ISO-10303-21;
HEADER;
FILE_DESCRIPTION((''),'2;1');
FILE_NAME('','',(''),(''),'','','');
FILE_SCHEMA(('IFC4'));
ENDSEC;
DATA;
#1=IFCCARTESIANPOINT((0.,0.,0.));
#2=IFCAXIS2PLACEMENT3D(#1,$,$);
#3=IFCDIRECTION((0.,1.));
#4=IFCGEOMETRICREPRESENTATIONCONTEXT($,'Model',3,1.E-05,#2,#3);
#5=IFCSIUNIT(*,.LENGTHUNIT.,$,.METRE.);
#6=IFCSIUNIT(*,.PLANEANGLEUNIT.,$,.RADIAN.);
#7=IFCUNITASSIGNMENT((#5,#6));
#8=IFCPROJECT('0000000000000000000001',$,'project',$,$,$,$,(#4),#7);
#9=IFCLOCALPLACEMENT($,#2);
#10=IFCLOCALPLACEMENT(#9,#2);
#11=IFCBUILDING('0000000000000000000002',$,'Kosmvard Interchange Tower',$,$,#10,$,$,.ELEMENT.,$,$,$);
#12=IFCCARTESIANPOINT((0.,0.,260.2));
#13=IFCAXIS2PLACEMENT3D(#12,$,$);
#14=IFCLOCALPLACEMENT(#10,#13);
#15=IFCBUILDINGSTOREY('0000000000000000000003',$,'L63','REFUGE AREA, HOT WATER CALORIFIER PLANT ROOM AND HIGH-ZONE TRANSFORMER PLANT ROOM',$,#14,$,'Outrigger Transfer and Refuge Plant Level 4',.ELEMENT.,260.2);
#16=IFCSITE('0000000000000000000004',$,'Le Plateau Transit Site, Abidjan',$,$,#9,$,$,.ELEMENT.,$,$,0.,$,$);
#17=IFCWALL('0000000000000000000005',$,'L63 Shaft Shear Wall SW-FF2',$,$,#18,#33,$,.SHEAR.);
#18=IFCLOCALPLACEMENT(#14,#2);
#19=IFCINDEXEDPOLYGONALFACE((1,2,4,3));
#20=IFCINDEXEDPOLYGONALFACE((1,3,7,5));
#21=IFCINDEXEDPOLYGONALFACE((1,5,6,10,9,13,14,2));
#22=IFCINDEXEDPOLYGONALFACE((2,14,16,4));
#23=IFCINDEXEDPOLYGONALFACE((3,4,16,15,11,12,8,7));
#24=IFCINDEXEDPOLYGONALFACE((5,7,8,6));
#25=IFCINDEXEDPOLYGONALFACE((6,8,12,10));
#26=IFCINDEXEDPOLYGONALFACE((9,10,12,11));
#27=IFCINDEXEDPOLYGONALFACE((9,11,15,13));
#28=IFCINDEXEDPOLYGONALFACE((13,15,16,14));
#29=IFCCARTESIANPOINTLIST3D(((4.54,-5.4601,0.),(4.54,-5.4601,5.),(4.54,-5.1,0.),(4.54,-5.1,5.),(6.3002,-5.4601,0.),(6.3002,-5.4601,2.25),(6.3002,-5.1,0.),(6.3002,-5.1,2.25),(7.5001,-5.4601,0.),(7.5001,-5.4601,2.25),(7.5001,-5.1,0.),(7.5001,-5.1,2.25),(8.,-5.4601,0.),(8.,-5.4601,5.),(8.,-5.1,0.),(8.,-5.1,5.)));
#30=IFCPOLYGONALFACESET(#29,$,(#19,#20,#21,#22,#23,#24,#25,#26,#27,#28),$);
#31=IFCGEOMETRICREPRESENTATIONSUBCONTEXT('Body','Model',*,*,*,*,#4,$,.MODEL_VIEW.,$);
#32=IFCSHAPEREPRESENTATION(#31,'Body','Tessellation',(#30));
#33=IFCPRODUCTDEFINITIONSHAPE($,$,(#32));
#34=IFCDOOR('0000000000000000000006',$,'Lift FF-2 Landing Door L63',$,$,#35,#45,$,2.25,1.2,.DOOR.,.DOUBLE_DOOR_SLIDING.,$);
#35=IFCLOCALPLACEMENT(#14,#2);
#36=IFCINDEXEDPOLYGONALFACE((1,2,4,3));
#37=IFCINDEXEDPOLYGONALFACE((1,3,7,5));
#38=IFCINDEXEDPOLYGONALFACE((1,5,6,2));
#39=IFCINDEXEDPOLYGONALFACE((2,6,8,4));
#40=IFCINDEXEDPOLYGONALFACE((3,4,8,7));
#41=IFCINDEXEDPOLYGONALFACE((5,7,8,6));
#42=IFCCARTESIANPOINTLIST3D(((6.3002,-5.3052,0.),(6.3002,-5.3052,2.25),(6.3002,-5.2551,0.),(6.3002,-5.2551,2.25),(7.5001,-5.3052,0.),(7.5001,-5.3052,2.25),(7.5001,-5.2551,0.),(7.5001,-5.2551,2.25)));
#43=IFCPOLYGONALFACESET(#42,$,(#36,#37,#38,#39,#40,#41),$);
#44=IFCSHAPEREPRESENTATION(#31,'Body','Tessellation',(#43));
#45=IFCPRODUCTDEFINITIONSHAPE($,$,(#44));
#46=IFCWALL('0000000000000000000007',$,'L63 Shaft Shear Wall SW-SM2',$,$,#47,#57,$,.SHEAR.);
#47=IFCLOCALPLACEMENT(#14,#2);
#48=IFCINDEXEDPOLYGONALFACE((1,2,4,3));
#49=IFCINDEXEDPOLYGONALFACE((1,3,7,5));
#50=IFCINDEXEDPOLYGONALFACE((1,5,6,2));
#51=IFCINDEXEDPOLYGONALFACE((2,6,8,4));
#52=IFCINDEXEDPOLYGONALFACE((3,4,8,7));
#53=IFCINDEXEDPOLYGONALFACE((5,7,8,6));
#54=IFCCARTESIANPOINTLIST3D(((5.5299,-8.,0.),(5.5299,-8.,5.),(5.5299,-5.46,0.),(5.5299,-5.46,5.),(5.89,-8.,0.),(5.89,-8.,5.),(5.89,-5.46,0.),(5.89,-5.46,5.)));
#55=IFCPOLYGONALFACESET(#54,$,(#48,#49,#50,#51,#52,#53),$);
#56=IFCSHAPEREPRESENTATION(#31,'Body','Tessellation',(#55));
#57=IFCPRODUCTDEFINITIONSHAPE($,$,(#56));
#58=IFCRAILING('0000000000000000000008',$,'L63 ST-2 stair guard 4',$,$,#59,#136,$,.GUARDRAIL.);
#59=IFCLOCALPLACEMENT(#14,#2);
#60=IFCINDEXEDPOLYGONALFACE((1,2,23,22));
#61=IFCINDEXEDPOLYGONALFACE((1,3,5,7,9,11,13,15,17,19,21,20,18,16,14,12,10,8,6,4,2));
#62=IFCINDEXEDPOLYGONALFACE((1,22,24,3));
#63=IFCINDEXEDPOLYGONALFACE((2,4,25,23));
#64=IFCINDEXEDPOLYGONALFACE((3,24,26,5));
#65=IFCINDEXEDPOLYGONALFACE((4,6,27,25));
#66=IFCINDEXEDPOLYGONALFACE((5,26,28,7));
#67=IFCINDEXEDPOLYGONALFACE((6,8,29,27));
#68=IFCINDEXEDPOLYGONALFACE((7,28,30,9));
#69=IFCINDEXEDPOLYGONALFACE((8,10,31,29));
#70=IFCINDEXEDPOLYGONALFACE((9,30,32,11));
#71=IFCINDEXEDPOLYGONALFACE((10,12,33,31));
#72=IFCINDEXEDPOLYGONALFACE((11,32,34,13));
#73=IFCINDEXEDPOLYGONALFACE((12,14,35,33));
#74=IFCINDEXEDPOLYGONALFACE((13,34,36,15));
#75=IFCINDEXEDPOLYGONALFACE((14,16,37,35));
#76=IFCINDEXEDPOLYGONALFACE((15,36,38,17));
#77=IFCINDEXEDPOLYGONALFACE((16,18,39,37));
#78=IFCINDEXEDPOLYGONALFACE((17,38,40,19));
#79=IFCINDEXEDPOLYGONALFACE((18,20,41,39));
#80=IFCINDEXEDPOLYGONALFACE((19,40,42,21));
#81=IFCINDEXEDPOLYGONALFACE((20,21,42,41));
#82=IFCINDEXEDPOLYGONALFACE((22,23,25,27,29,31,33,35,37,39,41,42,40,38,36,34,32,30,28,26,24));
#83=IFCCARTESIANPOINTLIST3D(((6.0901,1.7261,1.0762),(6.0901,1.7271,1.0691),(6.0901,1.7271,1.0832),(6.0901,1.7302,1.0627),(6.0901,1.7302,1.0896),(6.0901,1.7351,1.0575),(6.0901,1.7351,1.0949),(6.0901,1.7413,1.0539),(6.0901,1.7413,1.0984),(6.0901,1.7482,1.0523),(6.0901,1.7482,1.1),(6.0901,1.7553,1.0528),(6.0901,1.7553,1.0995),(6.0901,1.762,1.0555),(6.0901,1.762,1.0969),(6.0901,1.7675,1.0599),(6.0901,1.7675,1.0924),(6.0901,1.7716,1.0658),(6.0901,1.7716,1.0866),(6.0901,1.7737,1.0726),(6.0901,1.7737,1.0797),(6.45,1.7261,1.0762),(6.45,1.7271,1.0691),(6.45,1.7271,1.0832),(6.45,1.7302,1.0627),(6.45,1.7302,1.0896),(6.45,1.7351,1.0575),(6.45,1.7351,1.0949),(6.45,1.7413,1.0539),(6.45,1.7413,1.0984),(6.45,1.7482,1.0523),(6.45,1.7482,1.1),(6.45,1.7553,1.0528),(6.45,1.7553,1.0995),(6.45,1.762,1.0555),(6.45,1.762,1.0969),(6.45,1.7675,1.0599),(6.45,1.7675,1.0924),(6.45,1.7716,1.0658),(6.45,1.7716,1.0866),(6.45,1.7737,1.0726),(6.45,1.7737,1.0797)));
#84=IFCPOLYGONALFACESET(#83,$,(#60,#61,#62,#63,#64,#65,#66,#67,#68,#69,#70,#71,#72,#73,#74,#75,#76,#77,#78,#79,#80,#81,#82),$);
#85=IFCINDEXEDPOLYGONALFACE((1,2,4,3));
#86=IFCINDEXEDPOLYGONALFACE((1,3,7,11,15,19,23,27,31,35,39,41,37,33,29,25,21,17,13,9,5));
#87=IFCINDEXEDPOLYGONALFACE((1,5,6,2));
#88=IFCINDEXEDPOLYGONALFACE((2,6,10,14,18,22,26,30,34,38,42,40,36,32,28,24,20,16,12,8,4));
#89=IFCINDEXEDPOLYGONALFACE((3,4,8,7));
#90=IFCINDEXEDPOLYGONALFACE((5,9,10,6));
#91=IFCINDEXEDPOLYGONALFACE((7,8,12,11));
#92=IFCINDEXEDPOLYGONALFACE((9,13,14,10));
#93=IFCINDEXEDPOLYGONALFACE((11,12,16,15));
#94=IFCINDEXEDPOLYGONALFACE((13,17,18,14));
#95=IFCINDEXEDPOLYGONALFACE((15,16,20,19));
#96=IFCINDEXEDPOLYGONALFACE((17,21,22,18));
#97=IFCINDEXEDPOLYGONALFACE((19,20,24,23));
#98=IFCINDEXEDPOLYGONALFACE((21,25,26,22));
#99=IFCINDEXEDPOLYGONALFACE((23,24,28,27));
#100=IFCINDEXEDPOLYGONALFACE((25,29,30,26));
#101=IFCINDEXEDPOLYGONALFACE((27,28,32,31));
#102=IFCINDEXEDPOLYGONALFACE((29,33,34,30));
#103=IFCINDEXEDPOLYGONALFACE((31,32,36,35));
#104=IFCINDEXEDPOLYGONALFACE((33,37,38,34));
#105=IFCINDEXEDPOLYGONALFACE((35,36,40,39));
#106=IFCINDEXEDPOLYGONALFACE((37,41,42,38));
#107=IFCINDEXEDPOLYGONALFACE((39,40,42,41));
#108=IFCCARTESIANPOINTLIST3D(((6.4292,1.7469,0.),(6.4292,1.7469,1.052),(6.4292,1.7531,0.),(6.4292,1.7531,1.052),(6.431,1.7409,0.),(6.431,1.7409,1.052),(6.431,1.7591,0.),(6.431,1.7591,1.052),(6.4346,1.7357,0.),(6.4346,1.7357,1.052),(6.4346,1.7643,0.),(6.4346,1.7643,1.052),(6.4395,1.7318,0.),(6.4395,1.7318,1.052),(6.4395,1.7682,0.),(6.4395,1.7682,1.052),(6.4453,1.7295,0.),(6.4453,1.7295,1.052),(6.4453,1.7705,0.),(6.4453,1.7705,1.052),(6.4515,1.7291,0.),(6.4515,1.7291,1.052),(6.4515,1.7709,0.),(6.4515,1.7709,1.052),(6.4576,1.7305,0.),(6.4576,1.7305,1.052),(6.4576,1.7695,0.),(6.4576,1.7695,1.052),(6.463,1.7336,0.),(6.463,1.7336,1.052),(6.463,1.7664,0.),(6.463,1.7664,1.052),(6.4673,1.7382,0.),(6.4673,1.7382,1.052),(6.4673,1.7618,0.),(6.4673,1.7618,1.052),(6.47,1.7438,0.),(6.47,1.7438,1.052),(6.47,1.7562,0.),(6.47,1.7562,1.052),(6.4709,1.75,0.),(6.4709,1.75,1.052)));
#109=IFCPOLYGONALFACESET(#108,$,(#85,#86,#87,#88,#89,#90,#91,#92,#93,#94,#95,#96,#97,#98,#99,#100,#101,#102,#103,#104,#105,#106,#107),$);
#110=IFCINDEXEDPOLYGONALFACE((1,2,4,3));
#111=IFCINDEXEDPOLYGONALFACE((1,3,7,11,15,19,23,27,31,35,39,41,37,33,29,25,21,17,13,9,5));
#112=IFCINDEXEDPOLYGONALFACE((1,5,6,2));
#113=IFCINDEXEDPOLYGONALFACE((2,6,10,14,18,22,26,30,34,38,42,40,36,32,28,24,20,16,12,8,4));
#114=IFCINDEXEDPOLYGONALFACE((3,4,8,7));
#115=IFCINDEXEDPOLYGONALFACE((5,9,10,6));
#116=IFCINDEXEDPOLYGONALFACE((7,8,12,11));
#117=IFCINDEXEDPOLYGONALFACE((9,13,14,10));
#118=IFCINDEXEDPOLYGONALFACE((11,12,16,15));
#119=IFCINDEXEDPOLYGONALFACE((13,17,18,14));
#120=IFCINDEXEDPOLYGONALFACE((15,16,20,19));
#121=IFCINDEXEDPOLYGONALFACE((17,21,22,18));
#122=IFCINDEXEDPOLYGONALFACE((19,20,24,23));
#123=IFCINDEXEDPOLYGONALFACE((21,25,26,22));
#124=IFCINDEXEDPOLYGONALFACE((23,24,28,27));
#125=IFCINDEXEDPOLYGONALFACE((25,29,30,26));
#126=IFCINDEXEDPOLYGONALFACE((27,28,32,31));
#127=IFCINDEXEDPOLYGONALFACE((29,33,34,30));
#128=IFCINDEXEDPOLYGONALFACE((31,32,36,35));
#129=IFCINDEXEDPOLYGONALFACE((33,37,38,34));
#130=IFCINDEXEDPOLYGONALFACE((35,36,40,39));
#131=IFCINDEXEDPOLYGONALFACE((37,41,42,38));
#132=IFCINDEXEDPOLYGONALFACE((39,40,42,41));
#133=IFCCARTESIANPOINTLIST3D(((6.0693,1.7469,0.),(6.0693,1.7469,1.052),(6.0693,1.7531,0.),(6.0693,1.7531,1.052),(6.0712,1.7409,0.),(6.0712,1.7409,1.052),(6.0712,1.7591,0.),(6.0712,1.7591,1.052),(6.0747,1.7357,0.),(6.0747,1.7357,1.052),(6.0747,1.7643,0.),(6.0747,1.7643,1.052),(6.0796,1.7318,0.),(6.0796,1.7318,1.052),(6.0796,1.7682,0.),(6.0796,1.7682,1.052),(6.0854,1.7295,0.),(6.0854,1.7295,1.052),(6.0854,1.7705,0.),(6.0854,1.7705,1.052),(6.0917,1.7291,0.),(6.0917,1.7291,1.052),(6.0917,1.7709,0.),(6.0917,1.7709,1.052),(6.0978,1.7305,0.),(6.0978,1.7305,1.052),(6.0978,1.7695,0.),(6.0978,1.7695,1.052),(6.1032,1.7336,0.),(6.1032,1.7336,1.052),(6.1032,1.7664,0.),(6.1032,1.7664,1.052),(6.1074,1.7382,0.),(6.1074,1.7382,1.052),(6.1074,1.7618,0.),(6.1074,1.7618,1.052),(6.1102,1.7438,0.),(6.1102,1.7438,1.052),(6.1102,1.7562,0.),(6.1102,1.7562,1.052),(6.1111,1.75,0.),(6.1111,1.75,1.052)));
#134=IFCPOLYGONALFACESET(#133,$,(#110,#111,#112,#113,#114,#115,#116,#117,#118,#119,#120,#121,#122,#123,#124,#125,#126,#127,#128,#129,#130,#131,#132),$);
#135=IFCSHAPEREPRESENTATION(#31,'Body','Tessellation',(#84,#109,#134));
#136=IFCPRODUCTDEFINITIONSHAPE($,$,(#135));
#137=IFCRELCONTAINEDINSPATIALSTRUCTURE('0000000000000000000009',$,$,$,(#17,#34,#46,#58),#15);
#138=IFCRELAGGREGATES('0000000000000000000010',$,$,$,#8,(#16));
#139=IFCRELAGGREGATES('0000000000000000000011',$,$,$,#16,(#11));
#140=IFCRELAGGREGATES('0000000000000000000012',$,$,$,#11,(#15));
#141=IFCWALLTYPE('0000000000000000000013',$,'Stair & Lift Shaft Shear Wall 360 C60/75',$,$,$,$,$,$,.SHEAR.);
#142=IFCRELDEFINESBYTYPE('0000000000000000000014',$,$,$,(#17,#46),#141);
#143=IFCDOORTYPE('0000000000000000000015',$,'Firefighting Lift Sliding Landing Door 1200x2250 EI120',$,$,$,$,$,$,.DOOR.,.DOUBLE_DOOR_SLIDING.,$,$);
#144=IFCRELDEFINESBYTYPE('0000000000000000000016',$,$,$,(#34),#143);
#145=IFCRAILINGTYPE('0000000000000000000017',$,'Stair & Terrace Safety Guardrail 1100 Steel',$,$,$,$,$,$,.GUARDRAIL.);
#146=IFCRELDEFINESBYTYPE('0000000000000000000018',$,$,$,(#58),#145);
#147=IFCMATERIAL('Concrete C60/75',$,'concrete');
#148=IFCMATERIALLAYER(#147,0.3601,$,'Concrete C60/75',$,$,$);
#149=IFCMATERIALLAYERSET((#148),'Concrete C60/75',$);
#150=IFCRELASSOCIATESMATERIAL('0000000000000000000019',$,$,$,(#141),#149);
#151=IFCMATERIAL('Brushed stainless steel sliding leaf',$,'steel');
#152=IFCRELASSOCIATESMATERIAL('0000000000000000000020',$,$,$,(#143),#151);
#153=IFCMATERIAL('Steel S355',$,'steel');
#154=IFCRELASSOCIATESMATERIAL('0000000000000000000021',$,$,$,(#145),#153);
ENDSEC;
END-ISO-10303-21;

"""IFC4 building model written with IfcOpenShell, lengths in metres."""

from ifc_helpers import new_model, si_unit, direction, frame, frame_2d, origin, origin_2d, place, context, subcontext, project, spatial, rectangle, circle, extrude, source, transform, mapped, material, layer, layer_set, type_object, element, fill, save


model = new_model("IFC4")

# Units and contexts
model_context = context("Model", 3, precision=1e-05, world=origin(), true_north=direction((0.0, 1.0)))
body_context = subcontext(model_context, "Body", "Model", "MODEL_VIEW")
ifc_project = project(units=[si_unit("LENGTHUNIT", "METRE"), si_unit("PLANEANGLEUNIT", "RADIAN")], contexts=[model_context])

# Site, building, storey
site_placement = place(None, origin())
site = spatial("IfcSite", under=ifc_project, at=site_placement, Name="Le Plateau Transit Site, Abidjan", CompositionType="ELEMENT", RefElevation=0.0)
building_placement = place(site_placement, origin())
building = spatial("IfcBuilding", under=site, at=building_placement, Name="Kosmvard Interchange Tower", CompositionType="ELEMENT")
storey_placement = place(building_placement, frame((0.0, 0.0, 260.2)))
storey = spatial("IfcBuildingStorey", under=building, at=storey_placement, Name="L63", Description="REFUGE AREA, HOT WATER CALORIFIER PLANT ROOM AND HIGH-ZONE TRANSFORMER PLANT ROOM", LongName="Outrigger Transfer and Refuge Plant Level 4", CompositionType="ELEMENT", Elevation=260.2)

# Shared definitions
ifc_material_1 = material(Name="Concrete C60/75", Category="concrete")

# Shared definitions
ifc_material_2 = material(Name="Steel S355", Category="steel")

# Shared definitions
ifc_material_3 = material(Name="Brushed stainless steel sliding leaf", Category="steel")

# Shared definitions
ifc_layer_1 = layer(ifc_material_1, 0.3601, Name="Concrete C60/75")
ifc_layer_set_1 = layer_set([ifc_layer_1], Name="Concrete C60/75")
wall_type_1 = type_object("IfcWallType", Name="Stair & Lift Shaft Shear Wall 360 C60/75", PredefinedType="SHEAR", material=ifc_layer_set_1)

# Wall, opening, door
wall_1_placement = place(storey_placement, frame((4.54, -5.28, 0.0), z_axis=(0.0, 0.0, 1.0), x_axis=(1.0, 0.0, 0.0)))
wall_1 = element("IfcWall", 1, at=wall_1_placement, inside=storey, type_object=wall_type_1, Name="L63 Shaft Shear Wall SW-FF2", PredefinedType="SHEAR", context=body_context, shape_type="SweptSolid", body=[
    extrude(rectangle(XDim=3.46, YDim=0.3601, at=frame_2d((1.73, 0.0))), origin(), (0.0, 0.0, 1.0), 5.0),
])
opening_1_placement = place(wall_1_placement, frame((1.76, 0.0, 0.0)))
opening_1 = element("IfcOpeningElement", 2, at=opening_1_placement, cuts=wall_1, PredefinedType="OPENING", context=body_context, shape_type="SweptSolid", body=[
    extrude(rectangle(XDim=1.2, YDim=2.25, at=frame_2d((0.6001, 1.125))), frame((0.0, 0.1899, 0.0), z_axis=(0.0, -1.0, 0.0), x_axis=(1.0, 0.0, 0.0)), (0.0, 0.0, 1.0), 0.3801),
])
door_type_1 = type_object("IfcDoorType", Name="Firefighting Lift Sliding Landing Door 1200x2250 EI120", OperationType="DOUBLE_DOOR_SLIDING", PredefinedType="DOOR", material=ifc_material_3)
shared_shape_1 = source(origin(), body_context, "Body", "SweptSolid", [
    extrude(rectangle(XDim=1.2, YDim=2.25, at=frame_2d((0.6001, 1.125))), frame((0.0, 0.0249, 0.0), z_axis=(0.0, -1.0, 0.0), x_axis=(1.0, 0.0, 0.0)), (0.0, 0.0, 1.0), 0.05),
])
door_1_placement = place(opening_1_placement, origin())
door_1 = element("IfcDoor", 3, at=door_1_placement, inside=storey, type_object=door_type_1, Name="Lift FF-2 Landing Door L63", OperationType="DOUBLE_DOOR_SLIDING", OverallHeight=2.25, OverallWidth=1.2, PredefinedType="DOOR", context=body_context, shape_type="MappedRepresentation", body=[
    mapped(shared_shape_1, transform((0.0, 0.0, 0.0), scale=1.0)),
])
fill(opening_1, door_1)

# Wall
wall_2_placement = place(storey_placement, frame((5.71, -8.0, 0.0), z_axis=(0.0, 0.0, 1.0), x_axis=(0.0, 1.0, 0.0)))
element("IfcWall", 4, at=wall_2_placement, inside=storey, type_object=wall_type_1, Name="L63 Shaft Shear Wall SW-SM2", PredefinedType="SHEAR", context=body_context, shape_type="SweptSolid", body=[
    extrude(rectangle(XDim=2.54, YDim=0.3601, at=frame_2d((1.27, 0.0))), origin(), (0.0, 0.0, 1.0), 5.0),
])

# Railing
railing_type = type_object("IfcRailingType", Name="Stair & Terrace Safety Guardrail 1100 Steel", PredefinedType="GUARDRAIL", material=ifc_material_2)
shared_shape_2 = source(origin(), body_context, "Body", "SweptSolid", [
    extrude(circle(Radius=0.0239, at=origin_2d()), frame((0.0, 0.0, 1.0762), z_axis=(-1.0, 0.0, 0.0), x_axis=(0.0, -1.0, 0.0)), (0.0, 0.0, 1.0), 0.3599),
    extrude(circle(Radius=0.021, at=origin_2d()), origin(), (0.0, 0.0, 1.0), 1.052),
    extrude(circle(Radius=0.021, at=origin_2d()), frame((-0.3599, 0.0, 0.0)), (0.0, 0.0, 1.0), 1.052),
])
railing_1_placement = place(storey_placement, frame((6.45, 1.75, 0.0)))
element("IfcRailing", 5, at=railing_1_placement, inside=storey, type_object=railing_type, Name="L63 ST-2 stair guard 4", PredefinedType="GUARDRAIL", context=body_context, shape_type="MappedRepresentation", body=[
    mapped(shared_shape_2, transform((0.0, 0.0, 0.0), scale=1.0)),
])

save(model, "model.ifc")
